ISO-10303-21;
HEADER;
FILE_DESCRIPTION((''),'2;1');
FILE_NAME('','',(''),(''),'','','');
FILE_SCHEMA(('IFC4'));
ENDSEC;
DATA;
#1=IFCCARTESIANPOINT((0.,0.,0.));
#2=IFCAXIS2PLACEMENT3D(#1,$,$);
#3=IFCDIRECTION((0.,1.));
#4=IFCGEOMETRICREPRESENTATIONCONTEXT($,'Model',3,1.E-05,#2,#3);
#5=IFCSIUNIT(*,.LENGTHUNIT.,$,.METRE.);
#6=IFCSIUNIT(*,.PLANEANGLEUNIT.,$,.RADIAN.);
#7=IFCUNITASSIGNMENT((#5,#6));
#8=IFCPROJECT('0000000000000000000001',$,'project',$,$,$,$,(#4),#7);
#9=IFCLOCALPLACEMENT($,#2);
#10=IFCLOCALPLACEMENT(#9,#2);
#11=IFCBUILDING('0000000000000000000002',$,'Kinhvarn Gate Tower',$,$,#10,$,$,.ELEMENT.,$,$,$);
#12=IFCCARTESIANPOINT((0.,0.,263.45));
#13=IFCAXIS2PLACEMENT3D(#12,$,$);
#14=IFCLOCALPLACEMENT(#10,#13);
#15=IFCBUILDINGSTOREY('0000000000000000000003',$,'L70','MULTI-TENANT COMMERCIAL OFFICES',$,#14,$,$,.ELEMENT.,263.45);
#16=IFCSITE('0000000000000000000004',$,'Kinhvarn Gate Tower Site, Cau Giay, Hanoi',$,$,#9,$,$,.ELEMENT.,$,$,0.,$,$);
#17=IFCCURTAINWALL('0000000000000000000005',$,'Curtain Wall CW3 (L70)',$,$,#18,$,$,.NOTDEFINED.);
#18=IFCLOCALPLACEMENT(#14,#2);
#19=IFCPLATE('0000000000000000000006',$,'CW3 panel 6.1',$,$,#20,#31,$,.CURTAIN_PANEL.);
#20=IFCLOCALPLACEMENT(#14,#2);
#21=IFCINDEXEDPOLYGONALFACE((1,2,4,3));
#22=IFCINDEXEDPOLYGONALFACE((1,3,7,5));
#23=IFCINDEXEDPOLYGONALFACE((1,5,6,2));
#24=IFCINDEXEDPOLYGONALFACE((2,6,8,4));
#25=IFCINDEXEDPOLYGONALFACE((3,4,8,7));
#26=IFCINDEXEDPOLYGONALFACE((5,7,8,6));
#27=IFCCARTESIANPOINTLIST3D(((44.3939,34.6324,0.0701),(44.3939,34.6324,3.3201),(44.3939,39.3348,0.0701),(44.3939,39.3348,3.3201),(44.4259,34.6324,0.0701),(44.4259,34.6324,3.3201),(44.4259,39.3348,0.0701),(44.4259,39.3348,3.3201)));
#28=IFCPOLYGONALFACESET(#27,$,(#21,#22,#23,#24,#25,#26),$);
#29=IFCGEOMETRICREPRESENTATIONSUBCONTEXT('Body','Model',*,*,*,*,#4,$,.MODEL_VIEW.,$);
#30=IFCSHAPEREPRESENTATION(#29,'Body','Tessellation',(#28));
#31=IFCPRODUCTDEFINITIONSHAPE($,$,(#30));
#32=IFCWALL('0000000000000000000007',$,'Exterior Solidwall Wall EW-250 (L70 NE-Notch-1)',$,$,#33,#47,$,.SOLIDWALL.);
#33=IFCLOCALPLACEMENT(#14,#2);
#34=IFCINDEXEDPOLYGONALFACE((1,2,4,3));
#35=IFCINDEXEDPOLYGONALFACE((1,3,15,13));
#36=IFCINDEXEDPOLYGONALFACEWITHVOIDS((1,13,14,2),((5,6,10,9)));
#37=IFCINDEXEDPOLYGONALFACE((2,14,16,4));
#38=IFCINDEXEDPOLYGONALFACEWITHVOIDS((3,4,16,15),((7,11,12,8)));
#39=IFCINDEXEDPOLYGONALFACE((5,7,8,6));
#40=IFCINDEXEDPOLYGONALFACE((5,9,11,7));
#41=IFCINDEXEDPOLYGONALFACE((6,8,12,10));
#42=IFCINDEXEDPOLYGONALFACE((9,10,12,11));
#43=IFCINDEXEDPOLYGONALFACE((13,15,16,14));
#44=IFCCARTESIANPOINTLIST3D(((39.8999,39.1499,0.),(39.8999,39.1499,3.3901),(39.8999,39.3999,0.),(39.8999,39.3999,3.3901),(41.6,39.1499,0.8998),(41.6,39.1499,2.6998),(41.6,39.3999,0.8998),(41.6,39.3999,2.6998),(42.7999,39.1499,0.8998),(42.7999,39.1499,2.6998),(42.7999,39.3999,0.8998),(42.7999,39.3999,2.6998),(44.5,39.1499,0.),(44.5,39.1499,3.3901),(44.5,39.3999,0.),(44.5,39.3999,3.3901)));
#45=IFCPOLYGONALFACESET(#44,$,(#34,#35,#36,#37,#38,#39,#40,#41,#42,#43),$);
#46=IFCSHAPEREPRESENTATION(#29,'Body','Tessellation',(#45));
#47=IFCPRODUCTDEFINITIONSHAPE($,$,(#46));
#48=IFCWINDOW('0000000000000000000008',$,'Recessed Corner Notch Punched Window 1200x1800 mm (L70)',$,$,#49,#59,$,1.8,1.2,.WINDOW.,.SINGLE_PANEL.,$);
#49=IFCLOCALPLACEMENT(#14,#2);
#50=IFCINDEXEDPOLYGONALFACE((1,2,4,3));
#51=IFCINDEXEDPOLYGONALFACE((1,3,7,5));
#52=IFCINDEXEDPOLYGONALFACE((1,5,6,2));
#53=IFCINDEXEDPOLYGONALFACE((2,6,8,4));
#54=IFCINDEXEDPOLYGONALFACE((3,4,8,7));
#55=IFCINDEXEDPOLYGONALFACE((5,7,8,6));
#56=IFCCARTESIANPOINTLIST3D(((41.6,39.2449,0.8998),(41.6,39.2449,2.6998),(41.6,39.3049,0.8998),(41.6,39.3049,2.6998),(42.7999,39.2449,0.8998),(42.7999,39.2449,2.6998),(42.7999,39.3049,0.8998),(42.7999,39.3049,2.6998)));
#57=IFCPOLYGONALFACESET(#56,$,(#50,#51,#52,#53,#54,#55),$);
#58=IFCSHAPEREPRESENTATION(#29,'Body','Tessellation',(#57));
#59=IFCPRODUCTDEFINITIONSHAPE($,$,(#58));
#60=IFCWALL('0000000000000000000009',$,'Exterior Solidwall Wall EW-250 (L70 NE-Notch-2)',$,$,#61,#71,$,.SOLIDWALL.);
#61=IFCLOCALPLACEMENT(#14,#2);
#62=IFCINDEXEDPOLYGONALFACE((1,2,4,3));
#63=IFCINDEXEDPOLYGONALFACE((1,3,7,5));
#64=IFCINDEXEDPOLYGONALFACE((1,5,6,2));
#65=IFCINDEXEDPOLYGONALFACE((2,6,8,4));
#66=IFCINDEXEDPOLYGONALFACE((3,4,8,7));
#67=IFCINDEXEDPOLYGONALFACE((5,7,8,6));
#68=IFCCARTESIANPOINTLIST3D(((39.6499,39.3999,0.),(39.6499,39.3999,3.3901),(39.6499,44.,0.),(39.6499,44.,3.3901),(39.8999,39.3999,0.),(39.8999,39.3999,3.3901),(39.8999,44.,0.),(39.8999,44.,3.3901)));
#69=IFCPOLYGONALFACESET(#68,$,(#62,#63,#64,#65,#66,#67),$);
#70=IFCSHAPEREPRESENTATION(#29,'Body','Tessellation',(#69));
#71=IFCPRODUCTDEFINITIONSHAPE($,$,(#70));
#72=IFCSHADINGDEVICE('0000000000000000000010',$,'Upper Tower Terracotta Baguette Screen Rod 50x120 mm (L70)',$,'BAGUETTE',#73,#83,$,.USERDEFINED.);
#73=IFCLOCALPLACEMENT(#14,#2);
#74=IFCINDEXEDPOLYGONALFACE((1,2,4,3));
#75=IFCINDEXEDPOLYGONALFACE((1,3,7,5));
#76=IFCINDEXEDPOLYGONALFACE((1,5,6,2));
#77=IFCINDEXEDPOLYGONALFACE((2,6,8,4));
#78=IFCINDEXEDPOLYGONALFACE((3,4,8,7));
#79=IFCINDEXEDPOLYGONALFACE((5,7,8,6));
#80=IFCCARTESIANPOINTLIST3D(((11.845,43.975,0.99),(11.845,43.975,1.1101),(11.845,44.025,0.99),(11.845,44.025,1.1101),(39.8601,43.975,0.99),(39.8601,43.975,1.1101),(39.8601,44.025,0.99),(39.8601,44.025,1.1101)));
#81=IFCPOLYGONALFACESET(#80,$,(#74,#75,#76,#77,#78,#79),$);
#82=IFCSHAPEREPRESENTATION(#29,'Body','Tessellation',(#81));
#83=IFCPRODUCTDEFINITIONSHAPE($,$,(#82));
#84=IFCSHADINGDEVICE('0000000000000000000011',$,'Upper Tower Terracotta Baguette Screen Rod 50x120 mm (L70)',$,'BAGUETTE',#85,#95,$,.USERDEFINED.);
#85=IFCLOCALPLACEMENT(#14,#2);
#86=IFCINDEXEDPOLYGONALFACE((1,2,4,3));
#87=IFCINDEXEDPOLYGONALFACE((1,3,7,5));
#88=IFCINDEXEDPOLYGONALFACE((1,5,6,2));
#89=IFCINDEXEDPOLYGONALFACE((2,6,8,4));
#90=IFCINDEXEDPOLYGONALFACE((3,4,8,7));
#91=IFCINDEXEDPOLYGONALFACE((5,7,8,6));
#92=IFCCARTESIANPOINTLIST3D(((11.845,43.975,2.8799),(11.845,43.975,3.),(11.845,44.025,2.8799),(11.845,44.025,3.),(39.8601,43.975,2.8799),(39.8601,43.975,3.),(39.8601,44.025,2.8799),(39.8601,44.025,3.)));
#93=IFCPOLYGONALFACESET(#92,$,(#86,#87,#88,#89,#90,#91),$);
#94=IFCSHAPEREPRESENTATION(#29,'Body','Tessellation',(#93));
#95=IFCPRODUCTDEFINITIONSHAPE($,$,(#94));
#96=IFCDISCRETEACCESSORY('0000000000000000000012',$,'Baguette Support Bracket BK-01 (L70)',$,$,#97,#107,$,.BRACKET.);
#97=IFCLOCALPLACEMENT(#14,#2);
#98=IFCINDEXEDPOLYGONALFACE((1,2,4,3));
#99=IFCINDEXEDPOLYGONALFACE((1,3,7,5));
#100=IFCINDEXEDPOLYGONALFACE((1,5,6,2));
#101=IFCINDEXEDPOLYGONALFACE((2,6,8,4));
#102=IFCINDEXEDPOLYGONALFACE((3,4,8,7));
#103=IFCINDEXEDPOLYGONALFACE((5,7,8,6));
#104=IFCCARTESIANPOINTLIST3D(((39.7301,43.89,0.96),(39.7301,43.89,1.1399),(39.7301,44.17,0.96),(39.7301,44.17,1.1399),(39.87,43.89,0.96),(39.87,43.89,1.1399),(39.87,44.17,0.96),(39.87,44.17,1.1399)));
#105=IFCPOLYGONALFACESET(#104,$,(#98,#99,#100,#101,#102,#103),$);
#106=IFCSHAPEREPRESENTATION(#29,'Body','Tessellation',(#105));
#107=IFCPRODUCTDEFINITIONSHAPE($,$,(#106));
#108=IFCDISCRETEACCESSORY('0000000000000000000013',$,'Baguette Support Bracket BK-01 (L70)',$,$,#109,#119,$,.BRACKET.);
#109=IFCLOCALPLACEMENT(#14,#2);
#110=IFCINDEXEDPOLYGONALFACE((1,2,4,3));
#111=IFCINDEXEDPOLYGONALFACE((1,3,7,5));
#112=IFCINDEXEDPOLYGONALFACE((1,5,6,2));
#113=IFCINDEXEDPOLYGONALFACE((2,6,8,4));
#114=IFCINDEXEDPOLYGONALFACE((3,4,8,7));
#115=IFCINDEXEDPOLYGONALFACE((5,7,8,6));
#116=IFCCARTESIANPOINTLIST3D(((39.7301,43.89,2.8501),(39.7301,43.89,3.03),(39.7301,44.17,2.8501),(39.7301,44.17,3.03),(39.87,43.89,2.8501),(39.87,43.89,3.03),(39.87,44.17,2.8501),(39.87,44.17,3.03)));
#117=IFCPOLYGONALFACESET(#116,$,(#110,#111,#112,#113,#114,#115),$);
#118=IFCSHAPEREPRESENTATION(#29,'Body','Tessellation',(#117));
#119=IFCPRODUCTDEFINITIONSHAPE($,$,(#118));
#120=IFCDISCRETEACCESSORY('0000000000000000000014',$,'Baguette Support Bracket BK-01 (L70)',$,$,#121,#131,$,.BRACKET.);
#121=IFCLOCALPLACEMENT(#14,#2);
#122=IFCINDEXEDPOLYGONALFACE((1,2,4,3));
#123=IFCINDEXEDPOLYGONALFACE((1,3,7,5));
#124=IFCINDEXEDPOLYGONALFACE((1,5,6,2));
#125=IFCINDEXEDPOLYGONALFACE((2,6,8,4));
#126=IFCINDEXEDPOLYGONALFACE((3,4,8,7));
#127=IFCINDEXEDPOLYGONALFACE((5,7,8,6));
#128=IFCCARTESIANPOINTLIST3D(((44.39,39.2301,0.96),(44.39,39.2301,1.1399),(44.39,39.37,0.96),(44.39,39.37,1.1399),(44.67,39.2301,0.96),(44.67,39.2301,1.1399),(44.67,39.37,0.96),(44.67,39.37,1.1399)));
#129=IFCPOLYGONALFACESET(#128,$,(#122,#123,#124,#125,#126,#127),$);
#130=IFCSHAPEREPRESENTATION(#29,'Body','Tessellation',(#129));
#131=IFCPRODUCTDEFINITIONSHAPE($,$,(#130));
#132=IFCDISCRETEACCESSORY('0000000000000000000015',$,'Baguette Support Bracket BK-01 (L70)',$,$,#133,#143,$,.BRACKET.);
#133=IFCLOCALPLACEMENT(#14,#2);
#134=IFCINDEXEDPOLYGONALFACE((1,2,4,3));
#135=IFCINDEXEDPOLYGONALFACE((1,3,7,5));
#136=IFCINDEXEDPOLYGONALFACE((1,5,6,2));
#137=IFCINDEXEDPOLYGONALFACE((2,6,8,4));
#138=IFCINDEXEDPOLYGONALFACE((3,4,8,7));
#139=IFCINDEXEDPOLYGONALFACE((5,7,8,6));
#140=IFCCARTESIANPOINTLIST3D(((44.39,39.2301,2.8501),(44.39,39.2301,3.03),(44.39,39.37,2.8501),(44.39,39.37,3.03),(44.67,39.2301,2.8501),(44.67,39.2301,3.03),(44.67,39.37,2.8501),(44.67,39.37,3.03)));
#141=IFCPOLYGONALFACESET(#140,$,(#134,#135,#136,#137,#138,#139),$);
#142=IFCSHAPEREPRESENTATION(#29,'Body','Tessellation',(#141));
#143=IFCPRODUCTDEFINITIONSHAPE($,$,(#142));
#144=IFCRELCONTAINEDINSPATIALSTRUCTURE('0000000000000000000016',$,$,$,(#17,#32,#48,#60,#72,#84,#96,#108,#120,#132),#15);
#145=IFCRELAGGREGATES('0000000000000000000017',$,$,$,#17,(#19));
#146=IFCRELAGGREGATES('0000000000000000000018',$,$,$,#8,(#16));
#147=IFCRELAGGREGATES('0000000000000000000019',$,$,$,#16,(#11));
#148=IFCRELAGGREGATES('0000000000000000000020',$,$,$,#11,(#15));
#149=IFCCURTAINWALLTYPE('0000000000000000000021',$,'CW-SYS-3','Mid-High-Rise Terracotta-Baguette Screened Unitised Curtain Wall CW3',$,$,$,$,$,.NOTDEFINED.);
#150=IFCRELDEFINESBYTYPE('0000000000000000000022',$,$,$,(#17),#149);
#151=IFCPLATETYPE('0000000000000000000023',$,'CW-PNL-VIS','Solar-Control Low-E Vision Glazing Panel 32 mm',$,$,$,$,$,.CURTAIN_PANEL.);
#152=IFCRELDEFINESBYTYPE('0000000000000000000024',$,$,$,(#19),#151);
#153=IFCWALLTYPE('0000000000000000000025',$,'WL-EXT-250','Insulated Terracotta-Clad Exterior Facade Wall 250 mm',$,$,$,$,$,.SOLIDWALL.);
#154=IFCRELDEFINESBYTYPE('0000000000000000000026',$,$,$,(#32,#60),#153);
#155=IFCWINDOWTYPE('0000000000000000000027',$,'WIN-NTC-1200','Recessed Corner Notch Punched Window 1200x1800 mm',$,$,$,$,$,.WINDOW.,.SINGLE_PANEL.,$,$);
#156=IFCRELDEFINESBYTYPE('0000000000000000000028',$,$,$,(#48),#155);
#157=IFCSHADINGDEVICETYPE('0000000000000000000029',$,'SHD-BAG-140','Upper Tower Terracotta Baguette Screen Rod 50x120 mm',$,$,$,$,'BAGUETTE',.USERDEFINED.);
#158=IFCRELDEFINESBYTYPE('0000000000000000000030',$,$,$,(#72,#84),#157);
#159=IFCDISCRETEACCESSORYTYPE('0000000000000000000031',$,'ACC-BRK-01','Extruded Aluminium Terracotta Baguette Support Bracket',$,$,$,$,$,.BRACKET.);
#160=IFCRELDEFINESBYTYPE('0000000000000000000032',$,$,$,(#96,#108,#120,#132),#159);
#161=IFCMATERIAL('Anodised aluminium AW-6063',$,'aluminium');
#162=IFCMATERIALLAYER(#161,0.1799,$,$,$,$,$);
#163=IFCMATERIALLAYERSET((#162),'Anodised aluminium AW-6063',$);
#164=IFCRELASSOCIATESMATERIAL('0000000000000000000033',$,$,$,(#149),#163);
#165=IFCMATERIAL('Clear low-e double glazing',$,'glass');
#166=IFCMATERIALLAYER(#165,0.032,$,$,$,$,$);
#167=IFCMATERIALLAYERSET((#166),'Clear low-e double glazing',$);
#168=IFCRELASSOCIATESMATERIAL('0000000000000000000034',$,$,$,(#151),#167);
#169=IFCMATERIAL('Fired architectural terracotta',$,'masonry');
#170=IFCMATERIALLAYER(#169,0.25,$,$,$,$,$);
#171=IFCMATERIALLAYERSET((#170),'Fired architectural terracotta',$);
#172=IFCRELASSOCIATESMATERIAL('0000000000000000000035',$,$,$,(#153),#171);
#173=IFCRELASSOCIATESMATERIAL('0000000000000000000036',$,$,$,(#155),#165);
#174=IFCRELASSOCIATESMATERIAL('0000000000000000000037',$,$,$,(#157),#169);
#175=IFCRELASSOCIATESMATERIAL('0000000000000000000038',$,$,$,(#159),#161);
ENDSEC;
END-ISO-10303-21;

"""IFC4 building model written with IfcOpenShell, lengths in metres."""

from ifc_helpers import new_model, si_unit, direction, frame, frame_2d, origin, origin_2d, place, context, subcontext, project, spatial, rectangle, extrude, material, layer, layer_set, material_profile, profile_set, type_object, element, fill, aggregate, save


model = new_model("IFC4")

# Units and contexts
model_context = context("Model", 3, precision=1e-05, world=origin(), true_north=direction((0.0, 1.0)))
body_context = subcontext(model_context, "Body", "Model", "MODEL_VIEW")
ifc_project = project(units=[si_unit("LENGTHUNIT", "METRE"), si_unit("PLANEANGLEUNIT", "RADIAN")], contexts=[model_context])

# Site, building, storey
site_placement = place(None, origin())
site = spatial("IfcSite", under=ifc_project, at=site_placement, Name="Kinhvarn Gate Tower Site, Cau Giay, Hanoi", CompositionType="ELEMENT", RefElevation=0.0)
building_placement = place(site_placement, origin())
building = spatial("IfcBuilding", under=site, at=building_placement, Name="Kinhvarn Gate Tower", CompositionType="ELEMENT")
storey_placement = place(building_placement, frame((0.0, 0.0, 263.45)))
storey = spatial("IfcBuildingStorey", under=building, at=storey_placement, Name="L70", Description="MULTI-TENANT COMMERCIAL OFFICES", CompositionType="ELEMENT", Elevation=263.45)

# Curtain wall
ifc_material_1 = material(Name="Anodised aluminium AW-6063", Category="aluminium")
ifc_layer_1 = layer(ifc_material_1, 0.1799)
ifc_layer_set_1 = layer_set([ifc_layer_1], Name="Anodised aluminium AW-6063")
curtain_wall_type = type_object("IfcCurtainWallType", Name="CW-SYS-3", Description="Mid-High-Rise Terracotta-Baguette Screened Unitised Curtain Wall CW3", PredefinedType="NOTDEFINED", material=ifc_layer_set_1)
curtain_wall_1_placement = place(storey_placement, origin())
curtain_wall_1 = element("IfcCurtainWall", 1, at=curtain_wall_1_placement, inside=storey, type_object=curtain_wall_type, Name="Curtain Wall CW3 (L70)", PredefinedType="NOTDEFINED")

# Plate
ifc_material_2 = material(Name="Clear low-e double glazing", Category="glass")
ifc_layer_2 = layer(ifc_material_2, 0.032)
ifc_layer_set_2 = layer_set([ifc_layer_2], Name="Clear low-e double glazing")
plate_type = type_object("IfcPlateType", Name="CW-PNL-VIS", Description="Solar-Control Low-E Vision Glazing Panel 32 mm", PredefinedType="CURTAIN_PANEL", material=ifc_layer_set_2)
plate_1_placement = place(storey_placement, frame((44.4099, 36.9836, 0.0701), z_axis=(0.0, 0.0, 1.0), x_axis=(0.0, 1.0, 0.0)))
plate_1 = element("IfcPlate", 2, at=plate_1_placement, type_object=plate_type, Name="CW3 panel 6.1", PredefinedType="CURTAIN_PANEL", context=body_context, shape_type="SweptSolid", body=[
    extrude(rectangle(XDim=4.7024, YDim=0.032, at=origin_2d()), origin(), (0.0, 0.0, 1.0), 3.25),
])
aggregate(curtain_wall_1, [plate_1])

# Wall, opening, window
ifc_material_3 = material(Name="Fired architectural terracotta", Category="masonry")
ifc_layer_3 = layer(ifc_material_3, 0.25)
ifc_layer_set_3 = layer_set([ifc_layer_3], Name="Fired architectural terracotta")
wall_type = type_object("IfcWallType", Name="WL-EXT-250", Description="Insulated Terracotta-Clad Exterior Facade Wall 250 mm", PredefinedType="SOLIDWALL", material=ifc_layer_set_3)
wall_1_placement = place(storey_placement, frame((44.5, 39.2749, 0.0), z_axis=(0.0, 0.0, 1.0), x_axis=(-1.0, 0.0, 0.0)))
wall_1 = element("IfcWall", 3, at=wall_1_placement, inside=storey, type_object=wall_type, Name="Exterior Solidwall Wall EW-250 (L70 NE-Notch-1)", PredefinedType="SOLIDWALL", context=body_context, shape_type="SweptSolid", body=[
    extrude(rectangle(XDim=4.6001, YDim=0.25, at=frame_2d((2.3, 0.0))), origin(), (0.0, 0.0, 1.0), 3.3901),
])
opening_placement = place(wall_1_placement, frame((1.7, 0.0, 0.8999)))
opening = element("IfcOpeningElement", 4, at=opening_placement, cuts=wall_1, PredefinedType="OPENING", context=body_context, shape_type="SweptSolid", body=[
    extrude(rectangle(XDim=1.2, YDim=1.8, at=frame_2d((0.6001, 0.8999))), frame((0.0, 0.135, 0.0), z_axis=(0.0, -1.0, 0.0), x_axis=(1.0, 0.0, 0.0)), (0.0, 0.0, 1.0), 0.27),
])
window_type = type_object("IfcWindowType", Name="WIN-NTC-1200", Description="Recessed Corner Notch Punched Window 1200x1800 mm", PartitioningType="SINGLE_PANEL", PredefinedType="WINDOW", material=ifc_material_2)
window_placement = place(opening_placement, origin())
window = element("IfcWindow", 5, at=window_placement, inside=storey, type_object=window_type, Name="Recessed Corner Notch Punched Window 1200x1800 mm (L70)", OverallHeight=1.8, OverallWidth=1.2, PartitioningType="SINGLE_PANEL", PredefinedType="WINDOW", context=body_context, shape_type="SweptSolid", body=[
    extrude(rectangle(XDim=1.2, YDim=1.8, at=frame_2d((0.6001, 0.8999))), frame((0.0, 0.03, 0.0), z_axis=(0.0, -1.0, 0.0), x_axis=(1.0, 0.0, 0.0)), (0.0, 0.0, 1.0), 0.0601),
])
fill(opening, window)

# Wall
wall_2_placement = place(storey_placement, frame((39.7749, 39.3999, 0.0), z_axis=(0.0, 0.0, 1.0), x_axis=(0.0, 1.0, 0.0)))
element("IfcWall", 6, at=wall_2_placement, inside=storey, type_object=wall_type, Name="Exterior Solidwall Wall EW-250 (L70 NE-Notch-2)", PredefinedType="SOLIDWALL", context=body_context, shape_type="SweptSolid", body=[
    extrude(rectangle(XDim=4.6001, YDim=0.25, at=frame_2d((2.3, 0.0))), origin(), (0.0, 0.0, 1.0), 3.3901),
])

# Shading devices
ifc_material_profile_1 = material_profile(ifc_material_3, rectangle(XDim=0.05, YDim=0.1201, at=origin_2d()), Name="TC 50x120")
ifc_profile_set_1 = profile_set([ifc_material_profile_1], Name="Fired architectural terracotta")
shading_device_type = type_object("IfcShadingDeviceType", Name="SHD-BAG-140", Description="Upper Tower Terracotta Baguette Screen Rod 50x120 mm", ElementType="BAGUETTE", PredefinedType="USERDEFINED", material=ifc_profile_set_1)
for number, where, z_axis, x_axis, name in (
    (7, (39.8601, 44.0, 1.05), (-1.0, 0.0, 0.0), (0.0, -1.0, 0.0), "Upper Tower Terracotta Baguette Screen Rod 50x120 mm (L70)"),
    (8, (39.8601, 44.0, 2.9399), (-1.0, 0.0, 0.0), (0.0, -1.0, 0.0), "Upper Tower Terracotta Baguette Screen Rod 50x120 mm (L70)"),
):
    element("IfcShadingDevice", number, at=place(storey_placement, frame(where, z_axis=z_axis, x_axis=x_axis)), inside=storey, type_object=shading_device_type, Name=name, ObjectType="BAGUETTE", PredefinedType="USERDEFINED", context=body_context, shape_type="SweptSolid", body=[
        extrude(rectangle(XDim=0.05, YDim=0.1201, at=origin_2d()), origin(), (0.0, 0.0, 1.0), 28.0151),
    ])

# Discrete accessories
discrete_accessory_type = type_object("IfcDiscreteAccessoryType", Name="ACC-BRK-01", Description="Extruded Aluminium Terracotta Baguette Support Bracket", PredefinedType="BRACKET", material=ifc_material_1)
for number, where, z_axis, x_axis, name in (
    (9, (39.8, 44.03, 0.96), (0.0, 0.0, 1.0), (-1.0, 0.0, 0.0), "Baguette Support Bracket BK-01 (L70)"),
    (10, (39.8, 44.03, 2.8501), (0.0, 0.0, 1.0), (-1.0, 0.0, 0.0), "Baguette Support Bracket BK-01 (L70)"),
    (11, (44.53, 39.3, 0.96), (0.0, 0.0, 1.0), (0.0, 1.0, 0.0), "Baguette Support Bracket BK-01 (L70)"),
    (12, (44.53, 39.3, 2.8501), (0.0, 0.0, 1.0), (0.0, 1.0, 0.0), "Baguette Support Bracket BK-01 (L70)"),
):
    element("IfcDiscreteAccessory", number, at=place(storey_placement, frame(where, z_axis=z_axis, x_axis=x_axis)), inside=storey, type_object=discrete_accessory_type, Name=name, PredefinedType="BRACKET", context=body_context, shape_type="SweptSolid", body=[
        extrude(rectangle(XDim=0.1399, YDim=0.28, at=origin_2d()), origin(), (0.0, 0.0, 1.0), 0.1799),
    ])

save(model, "model.ifc")
